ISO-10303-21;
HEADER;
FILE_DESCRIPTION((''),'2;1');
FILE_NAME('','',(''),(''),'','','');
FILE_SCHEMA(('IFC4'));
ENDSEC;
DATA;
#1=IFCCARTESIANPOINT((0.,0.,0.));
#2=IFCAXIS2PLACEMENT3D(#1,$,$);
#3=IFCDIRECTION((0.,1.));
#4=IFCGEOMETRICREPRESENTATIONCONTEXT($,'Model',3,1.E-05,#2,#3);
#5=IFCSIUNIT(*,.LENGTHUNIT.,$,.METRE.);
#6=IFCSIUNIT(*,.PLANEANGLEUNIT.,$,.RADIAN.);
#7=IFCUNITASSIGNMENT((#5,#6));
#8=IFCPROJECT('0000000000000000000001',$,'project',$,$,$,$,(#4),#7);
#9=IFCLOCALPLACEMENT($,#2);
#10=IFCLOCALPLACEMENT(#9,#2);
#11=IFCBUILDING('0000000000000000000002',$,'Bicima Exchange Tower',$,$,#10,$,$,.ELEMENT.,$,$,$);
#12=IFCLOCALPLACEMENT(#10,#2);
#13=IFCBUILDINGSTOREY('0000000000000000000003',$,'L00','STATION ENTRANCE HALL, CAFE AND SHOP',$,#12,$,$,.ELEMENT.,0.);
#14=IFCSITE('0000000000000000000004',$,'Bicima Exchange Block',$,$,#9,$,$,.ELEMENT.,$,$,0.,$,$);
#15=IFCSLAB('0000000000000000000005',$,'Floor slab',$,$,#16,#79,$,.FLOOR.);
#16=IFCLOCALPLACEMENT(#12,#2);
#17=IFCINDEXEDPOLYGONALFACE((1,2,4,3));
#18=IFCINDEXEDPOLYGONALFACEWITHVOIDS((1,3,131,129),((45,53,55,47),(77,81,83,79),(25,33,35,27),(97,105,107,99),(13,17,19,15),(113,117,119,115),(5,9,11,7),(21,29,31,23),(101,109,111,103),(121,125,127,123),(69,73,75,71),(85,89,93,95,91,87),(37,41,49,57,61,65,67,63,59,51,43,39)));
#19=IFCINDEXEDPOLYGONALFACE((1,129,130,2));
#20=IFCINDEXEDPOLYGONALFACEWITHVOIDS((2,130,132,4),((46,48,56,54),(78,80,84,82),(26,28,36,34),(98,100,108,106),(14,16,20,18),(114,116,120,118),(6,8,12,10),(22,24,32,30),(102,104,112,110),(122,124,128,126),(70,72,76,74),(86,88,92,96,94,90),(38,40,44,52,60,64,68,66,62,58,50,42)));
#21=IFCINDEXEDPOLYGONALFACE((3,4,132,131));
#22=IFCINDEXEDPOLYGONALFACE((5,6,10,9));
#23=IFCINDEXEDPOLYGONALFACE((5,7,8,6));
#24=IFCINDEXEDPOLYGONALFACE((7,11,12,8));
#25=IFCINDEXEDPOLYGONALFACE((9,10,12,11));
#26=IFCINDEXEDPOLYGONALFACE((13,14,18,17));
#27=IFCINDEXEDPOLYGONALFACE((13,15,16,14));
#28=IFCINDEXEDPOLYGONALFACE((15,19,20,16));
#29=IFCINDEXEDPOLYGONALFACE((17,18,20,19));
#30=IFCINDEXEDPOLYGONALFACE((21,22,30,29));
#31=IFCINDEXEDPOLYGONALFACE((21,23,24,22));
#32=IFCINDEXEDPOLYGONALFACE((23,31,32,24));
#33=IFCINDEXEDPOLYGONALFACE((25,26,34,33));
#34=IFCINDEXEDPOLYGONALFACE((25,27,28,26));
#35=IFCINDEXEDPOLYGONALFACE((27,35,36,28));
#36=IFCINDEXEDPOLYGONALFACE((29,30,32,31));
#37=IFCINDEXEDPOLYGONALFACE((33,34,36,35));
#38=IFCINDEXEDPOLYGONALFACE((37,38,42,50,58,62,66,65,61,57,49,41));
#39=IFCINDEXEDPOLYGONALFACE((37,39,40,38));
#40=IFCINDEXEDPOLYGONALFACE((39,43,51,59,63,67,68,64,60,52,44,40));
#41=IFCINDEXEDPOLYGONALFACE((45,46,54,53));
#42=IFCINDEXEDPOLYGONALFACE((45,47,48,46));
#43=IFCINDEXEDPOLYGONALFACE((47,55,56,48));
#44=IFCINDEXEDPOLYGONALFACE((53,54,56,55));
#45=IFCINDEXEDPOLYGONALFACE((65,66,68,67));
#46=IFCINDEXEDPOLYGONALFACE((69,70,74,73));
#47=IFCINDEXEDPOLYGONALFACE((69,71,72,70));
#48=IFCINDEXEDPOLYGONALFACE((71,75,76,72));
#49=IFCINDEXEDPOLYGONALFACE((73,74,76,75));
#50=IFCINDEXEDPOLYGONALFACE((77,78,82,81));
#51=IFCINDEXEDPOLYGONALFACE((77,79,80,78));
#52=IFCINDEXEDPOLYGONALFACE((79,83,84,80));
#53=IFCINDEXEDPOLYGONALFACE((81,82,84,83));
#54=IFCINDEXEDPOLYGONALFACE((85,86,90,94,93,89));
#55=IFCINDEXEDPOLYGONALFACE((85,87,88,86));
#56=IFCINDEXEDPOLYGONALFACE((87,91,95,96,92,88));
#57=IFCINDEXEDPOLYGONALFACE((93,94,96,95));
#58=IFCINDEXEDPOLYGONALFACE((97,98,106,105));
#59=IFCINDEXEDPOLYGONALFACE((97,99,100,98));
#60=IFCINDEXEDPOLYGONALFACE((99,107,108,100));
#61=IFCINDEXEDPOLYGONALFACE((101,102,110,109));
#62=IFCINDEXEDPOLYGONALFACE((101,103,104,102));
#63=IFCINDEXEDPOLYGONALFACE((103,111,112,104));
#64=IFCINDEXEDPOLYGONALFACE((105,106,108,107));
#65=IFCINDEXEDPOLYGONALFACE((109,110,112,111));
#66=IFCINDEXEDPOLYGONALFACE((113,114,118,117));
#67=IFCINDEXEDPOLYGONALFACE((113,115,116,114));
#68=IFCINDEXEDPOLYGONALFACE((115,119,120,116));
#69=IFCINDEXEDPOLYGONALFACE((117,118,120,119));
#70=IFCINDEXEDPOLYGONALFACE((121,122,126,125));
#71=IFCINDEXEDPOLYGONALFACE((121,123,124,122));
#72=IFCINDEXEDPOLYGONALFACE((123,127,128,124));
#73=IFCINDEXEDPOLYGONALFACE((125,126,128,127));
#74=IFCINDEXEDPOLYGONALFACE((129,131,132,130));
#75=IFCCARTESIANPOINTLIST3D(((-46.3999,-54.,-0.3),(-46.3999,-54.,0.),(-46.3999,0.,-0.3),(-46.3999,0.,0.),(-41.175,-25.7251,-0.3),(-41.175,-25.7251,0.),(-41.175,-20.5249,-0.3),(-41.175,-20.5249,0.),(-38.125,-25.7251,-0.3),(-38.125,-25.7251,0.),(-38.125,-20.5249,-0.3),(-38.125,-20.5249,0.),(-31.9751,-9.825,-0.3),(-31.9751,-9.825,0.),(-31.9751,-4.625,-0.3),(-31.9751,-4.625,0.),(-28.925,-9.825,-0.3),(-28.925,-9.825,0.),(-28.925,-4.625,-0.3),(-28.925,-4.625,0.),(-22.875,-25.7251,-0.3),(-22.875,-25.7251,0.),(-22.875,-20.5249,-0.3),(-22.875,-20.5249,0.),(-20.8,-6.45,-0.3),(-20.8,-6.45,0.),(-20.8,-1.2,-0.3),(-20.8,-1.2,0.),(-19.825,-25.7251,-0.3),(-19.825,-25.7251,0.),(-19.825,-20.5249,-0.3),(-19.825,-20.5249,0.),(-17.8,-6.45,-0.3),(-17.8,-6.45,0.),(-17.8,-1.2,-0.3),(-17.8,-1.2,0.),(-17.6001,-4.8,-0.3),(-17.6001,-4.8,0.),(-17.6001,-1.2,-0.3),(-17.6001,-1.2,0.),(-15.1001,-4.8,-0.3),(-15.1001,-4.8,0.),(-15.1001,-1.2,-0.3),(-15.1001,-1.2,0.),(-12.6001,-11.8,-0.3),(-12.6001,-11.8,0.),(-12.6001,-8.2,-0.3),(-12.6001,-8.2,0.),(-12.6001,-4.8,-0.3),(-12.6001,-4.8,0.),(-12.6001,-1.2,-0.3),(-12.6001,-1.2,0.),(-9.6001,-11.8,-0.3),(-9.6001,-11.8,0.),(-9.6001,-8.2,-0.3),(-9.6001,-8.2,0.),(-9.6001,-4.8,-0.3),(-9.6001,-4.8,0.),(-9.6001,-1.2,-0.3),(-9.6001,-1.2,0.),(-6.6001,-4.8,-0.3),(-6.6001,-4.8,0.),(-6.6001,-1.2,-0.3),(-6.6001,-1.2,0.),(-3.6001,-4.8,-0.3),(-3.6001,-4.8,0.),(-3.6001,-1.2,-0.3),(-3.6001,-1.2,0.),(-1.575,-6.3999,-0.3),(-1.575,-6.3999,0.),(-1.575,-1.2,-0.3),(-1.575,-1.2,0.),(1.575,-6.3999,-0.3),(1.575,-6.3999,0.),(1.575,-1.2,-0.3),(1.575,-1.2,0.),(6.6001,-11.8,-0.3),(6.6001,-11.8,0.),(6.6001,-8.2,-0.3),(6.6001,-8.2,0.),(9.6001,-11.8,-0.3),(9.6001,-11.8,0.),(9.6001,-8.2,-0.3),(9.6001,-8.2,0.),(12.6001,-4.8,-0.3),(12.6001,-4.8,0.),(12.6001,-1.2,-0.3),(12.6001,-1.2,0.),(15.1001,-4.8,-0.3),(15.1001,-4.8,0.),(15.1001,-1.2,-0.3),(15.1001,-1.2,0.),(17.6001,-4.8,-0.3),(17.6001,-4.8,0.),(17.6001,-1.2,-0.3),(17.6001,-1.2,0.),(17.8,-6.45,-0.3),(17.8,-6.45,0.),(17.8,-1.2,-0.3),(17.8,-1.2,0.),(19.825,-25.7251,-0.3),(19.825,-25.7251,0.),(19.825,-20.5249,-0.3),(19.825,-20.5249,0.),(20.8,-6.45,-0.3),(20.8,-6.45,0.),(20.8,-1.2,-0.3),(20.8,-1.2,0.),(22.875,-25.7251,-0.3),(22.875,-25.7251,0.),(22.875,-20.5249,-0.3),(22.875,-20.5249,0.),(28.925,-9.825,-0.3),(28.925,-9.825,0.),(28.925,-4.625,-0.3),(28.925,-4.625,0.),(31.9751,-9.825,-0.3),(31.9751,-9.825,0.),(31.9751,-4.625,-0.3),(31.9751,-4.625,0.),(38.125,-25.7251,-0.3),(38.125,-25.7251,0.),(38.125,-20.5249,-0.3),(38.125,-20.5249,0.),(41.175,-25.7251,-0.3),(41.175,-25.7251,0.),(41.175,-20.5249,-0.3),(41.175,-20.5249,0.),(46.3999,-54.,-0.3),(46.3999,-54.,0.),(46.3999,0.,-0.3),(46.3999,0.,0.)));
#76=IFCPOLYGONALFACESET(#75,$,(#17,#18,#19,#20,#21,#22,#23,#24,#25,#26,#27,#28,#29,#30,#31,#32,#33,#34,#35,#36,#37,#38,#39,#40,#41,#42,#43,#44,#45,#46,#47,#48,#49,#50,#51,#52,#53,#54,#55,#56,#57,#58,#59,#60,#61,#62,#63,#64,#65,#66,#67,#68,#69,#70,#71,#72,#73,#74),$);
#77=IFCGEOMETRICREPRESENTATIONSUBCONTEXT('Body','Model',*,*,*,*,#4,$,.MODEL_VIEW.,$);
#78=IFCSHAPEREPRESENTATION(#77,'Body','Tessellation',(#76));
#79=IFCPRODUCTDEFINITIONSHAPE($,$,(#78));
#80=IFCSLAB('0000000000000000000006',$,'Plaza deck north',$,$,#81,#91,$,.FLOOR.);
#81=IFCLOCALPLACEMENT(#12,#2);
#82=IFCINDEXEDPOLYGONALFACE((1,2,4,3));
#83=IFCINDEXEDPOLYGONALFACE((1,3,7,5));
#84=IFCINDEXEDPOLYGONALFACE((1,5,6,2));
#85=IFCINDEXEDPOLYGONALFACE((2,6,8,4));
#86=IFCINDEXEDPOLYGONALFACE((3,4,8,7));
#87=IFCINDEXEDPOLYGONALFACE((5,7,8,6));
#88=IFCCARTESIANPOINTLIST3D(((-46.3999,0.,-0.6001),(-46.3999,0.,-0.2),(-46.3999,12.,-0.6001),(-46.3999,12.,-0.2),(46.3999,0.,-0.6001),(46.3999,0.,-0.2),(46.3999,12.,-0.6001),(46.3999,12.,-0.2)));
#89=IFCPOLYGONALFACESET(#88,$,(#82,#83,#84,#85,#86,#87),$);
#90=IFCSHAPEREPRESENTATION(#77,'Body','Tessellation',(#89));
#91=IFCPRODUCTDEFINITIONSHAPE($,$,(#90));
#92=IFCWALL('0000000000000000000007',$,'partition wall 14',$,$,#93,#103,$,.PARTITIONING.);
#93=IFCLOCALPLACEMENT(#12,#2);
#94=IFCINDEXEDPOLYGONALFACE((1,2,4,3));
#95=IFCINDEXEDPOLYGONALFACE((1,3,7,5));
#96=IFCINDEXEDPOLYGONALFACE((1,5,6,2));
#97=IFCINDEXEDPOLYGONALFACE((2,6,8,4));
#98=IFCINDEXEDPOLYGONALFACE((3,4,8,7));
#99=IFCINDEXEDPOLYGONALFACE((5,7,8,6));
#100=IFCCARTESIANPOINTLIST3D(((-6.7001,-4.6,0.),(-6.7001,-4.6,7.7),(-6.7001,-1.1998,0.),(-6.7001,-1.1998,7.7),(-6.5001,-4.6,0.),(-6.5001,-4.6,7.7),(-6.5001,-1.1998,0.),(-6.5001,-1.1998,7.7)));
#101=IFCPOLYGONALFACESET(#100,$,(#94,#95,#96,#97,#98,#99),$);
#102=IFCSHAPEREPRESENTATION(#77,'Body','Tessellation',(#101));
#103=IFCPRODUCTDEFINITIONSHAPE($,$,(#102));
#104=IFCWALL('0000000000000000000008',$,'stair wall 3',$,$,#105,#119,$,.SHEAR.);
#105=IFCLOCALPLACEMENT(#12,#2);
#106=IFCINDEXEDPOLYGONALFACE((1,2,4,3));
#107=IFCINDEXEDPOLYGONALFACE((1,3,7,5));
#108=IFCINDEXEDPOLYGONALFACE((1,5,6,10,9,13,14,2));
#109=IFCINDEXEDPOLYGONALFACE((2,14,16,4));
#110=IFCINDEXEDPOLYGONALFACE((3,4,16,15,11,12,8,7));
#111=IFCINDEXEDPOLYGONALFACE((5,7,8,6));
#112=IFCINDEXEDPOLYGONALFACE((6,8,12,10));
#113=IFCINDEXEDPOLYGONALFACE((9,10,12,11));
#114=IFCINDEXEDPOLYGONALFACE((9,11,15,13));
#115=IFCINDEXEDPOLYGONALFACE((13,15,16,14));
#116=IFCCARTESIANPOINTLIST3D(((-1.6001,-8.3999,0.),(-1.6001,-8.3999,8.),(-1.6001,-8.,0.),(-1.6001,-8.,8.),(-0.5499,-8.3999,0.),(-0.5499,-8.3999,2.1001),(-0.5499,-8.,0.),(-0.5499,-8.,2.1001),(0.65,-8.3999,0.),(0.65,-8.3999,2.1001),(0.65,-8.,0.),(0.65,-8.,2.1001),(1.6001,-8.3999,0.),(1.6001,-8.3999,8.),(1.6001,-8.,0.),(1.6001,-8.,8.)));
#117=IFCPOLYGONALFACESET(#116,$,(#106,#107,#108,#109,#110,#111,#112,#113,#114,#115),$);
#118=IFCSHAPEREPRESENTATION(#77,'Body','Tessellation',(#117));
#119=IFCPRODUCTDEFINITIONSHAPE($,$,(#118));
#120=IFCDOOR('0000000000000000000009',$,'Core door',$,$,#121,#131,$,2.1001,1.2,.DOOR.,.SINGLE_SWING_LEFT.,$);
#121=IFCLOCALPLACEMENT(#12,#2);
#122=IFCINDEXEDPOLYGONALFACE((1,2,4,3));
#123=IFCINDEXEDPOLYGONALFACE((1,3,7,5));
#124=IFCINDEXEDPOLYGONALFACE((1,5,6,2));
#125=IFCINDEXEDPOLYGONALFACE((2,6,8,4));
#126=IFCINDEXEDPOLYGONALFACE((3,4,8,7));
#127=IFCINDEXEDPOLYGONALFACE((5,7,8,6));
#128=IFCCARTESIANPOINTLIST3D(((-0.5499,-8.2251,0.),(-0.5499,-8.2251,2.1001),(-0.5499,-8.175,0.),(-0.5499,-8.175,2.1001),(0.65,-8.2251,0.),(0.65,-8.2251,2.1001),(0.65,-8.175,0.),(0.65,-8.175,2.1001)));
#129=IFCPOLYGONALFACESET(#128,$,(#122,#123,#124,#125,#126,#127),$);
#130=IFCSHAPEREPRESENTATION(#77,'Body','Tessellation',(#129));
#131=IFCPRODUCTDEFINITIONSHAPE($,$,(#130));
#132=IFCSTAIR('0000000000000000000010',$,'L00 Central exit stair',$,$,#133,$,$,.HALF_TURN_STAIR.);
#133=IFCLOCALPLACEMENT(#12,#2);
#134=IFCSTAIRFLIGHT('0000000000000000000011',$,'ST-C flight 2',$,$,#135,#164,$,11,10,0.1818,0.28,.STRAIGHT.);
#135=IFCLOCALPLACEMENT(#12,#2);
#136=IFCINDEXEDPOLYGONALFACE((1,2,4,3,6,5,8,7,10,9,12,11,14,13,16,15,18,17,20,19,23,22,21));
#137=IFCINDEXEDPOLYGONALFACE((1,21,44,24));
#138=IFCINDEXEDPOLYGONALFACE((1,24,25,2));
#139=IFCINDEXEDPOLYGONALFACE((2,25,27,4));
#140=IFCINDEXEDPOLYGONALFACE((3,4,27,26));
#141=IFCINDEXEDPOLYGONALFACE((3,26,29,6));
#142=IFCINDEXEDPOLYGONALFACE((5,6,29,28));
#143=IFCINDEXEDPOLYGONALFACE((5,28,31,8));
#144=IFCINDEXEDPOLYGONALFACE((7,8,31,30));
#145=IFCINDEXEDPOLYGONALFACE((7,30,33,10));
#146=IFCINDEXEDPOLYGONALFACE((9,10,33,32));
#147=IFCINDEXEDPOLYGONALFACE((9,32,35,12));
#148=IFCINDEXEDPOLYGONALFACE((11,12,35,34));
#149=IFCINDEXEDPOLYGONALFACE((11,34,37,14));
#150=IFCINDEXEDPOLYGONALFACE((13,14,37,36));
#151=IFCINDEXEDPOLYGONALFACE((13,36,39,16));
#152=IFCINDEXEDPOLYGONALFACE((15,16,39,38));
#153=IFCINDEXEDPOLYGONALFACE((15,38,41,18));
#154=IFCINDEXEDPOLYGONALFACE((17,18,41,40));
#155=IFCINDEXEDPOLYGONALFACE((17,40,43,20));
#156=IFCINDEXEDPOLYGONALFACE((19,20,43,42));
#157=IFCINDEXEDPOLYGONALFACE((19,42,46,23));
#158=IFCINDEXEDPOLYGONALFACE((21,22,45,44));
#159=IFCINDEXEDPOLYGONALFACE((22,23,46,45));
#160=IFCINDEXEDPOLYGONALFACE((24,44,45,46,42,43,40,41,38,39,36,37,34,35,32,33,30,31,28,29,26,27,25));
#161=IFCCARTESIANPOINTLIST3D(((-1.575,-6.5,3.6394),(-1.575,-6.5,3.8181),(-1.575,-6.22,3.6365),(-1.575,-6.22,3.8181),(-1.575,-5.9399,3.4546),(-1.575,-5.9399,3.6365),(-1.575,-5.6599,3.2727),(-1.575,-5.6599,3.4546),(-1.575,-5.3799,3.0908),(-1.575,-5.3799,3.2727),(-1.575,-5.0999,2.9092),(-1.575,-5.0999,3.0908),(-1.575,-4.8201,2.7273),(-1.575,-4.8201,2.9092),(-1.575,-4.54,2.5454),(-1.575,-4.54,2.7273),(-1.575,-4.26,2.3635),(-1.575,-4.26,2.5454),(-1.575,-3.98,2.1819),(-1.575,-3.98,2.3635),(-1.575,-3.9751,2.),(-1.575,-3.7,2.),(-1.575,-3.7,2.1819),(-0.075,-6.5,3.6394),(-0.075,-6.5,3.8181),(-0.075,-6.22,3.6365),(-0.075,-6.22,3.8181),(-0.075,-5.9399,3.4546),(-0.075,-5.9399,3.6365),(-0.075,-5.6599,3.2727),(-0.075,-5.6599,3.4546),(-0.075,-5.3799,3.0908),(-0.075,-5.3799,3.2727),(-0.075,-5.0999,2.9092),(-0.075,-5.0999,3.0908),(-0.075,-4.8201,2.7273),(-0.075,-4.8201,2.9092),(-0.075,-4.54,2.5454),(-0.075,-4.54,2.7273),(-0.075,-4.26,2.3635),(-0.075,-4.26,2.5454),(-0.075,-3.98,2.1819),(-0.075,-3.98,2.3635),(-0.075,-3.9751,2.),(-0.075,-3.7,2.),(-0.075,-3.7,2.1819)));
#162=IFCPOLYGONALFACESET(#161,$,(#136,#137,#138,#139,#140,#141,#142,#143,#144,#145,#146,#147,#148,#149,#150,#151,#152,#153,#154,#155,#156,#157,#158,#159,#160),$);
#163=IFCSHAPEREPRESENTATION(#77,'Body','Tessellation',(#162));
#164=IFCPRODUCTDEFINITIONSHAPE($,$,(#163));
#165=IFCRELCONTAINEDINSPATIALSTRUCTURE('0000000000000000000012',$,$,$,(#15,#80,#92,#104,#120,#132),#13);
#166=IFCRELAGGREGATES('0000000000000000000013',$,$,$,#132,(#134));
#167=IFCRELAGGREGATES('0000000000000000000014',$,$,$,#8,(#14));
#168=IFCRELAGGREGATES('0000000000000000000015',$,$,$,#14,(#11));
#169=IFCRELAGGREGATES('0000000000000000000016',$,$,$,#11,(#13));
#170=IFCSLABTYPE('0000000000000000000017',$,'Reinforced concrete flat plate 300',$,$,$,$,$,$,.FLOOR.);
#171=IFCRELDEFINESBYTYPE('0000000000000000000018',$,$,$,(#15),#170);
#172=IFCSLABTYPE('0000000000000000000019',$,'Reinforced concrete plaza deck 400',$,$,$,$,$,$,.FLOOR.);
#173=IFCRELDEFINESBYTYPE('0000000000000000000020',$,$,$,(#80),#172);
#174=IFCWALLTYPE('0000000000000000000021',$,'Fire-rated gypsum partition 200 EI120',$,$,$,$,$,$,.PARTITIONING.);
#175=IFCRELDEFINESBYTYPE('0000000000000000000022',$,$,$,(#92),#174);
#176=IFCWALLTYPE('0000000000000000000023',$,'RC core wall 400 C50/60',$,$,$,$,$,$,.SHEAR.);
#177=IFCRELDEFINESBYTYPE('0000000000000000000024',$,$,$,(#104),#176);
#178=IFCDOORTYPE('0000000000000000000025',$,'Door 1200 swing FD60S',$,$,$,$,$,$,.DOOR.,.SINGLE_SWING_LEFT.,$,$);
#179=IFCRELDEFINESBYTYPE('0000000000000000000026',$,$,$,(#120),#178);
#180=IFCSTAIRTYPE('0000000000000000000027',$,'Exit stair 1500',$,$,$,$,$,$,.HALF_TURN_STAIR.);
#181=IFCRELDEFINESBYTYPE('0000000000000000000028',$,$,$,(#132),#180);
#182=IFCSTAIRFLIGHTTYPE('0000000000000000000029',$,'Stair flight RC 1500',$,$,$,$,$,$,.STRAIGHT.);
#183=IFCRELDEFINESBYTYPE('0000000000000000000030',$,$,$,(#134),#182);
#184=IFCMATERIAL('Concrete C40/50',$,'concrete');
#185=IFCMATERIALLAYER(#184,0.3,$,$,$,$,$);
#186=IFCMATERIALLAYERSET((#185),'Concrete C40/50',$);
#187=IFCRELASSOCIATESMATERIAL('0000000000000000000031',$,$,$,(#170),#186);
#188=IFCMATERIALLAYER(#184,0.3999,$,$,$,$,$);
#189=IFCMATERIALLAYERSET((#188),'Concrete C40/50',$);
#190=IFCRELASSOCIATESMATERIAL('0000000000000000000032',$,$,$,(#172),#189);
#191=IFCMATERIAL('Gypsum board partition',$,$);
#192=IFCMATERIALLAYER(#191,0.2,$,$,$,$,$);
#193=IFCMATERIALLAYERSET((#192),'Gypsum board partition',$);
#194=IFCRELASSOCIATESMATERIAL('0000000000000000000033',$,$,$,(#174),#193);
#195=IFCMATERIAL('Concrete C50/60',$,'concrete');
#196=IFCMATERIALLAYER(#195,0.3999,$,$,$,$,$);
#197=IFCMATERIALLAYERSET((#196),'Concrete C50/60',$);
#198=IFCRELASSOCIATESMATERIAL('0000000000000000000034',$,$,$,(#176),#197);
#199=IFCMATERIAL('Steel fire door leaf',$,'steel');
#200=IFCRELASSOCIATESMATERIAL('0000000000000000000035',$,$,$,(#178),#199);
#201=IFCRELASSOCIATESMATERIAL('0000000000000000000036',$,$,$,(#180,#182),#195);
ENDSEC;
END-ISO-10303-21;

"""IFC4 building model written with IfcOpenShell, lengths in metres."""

from ifc_helpers import new_model, si_unit, direction, frame, frame_2d, origin, place, context, subcontext, project, spatial, polyline, rectangle, outline, extrude, material, layer, layer_set, type_object, element, fill, aggregate, save


model = new_model("IFC4")

# Units and contexts
model_context = context("Model", 3, precision=1e-05, world=origin(), true_north=direction((0.0, 1.0)))
body_context = subcontext(model_context, "Body", "Model", "MODEL_VIEW")
ifc_project = project(units=[si_unit("LENGTHUNIT", "METRE"), si_unit("PLANEANGLEUNIT", "RADIAN")], contexts=[model_context])

# Site, building, storey
site_placement = place(None, origin())
site = spatial("IfcSite", under=ifc_project, at=site_placement, Name="Bicima Exchange Block", CompositionType="ELEMENT", RefElevation=0.0)
building_placement = place(site_placement, origin())
building = spatial("IfcBuilding", under=site, at=building_placement, Name="Bicima Exchange Tower", CompositionType="ELEMENT")
storey_placement = place(building_placement, origin())
storey = spatial("IfcBuildingStorey", under=building, at=storey_placement, Name="L00", Description="STATION ENTRANCE HALL, CAFE AND SHOP", CompositionType="ELEMENT", Elevation=0.0)

# Slabs
ifc_material_1 = material(Name="Concrete C40/50", Category="concrete")
ifc_layer_1 = layer(ifc_material_1, 0.3)
ifc_layer_set_1 = layer_set([ifc_layer_1], Name="Concrete C40/50")
slab_type_1 = type_object("IfcSlabType", Name="Reinforced concrete flat plate 300", PredefinedType="FLOOR", material=ifc_layer_set_1)
slab_1_placement = place(storey_placement, frame((0.0, 0.0, -0.3)))
element("IfcSlab", 1, at=slab_1_placement, inside=storey, type_object=slab_type_1, Name="Floor slab", PredefinedType="FLOOR", context=body_context, shape_type="SweptSolid", body=[
    extrude(outline(polyline([(-46.3999, 0.0), (46.3999, 0.0), (46.3999, -54.0), (-46.3999, -54.0), (-46.3999, 0.0)]), holes=[polyline([(-41.175, -25.7251), (-38.125, -25.7251), (-38.125, -20.5249), (-41.175, -20.5249), (-41.175, -25.7251)]), polyline([(-22.875, -25.7251), (-19.825, -25.7251), (-19.825, -20.5249), (-22.875, -20.5249), (-22.875, -25.7251)]), polyline([(-12.6001, -11.8), (-9.6001, -11.8), (-9.6001, -8.2), (-12.6001, -8.2), (-12.6001, -11.8)]), polyline([(-31.9751, -9.825), (-28.925, -9.825), (-28.925, -4.625), (-31.9751, -4.625), (-31.9751, -9.825)]), polyline([(-20.8, -6.45), (-17.8, -6.45), (-17.8, -1.2), (-20.8, -1.2), (-20.8, -6.45)]), polyline([(-17.6001, -1.2), (-17.6001, -4.8), (-15.1001, -4.8), (-12.6001, -4.8), (-9.6001, -4.8), (-6.6001, -4.8), (-3.6001, -4.8), (-3.6001, -1.2), (-6.6001, -1.2), (-9.6001, -1.2), (-12.6001, -1.2), (-15.1001, -1.2), (-17.6001, -1.2)]), polyline([(19.825, -25.7251), (22.875, -25.7251), (22.875, -20.5249), (19.825, -20.5249), (19.825, -25.7251)]), polyline([(38.125, -25.7251), (41.175, -25.7251), (41.175, -20.5249), (38.125, -20.5249), (38.125, -25.7251)]), polyline([(6.6001, -11.8), (9.6001, -11.8), (9.6001, -8.2), (6.6001, -8.2), (6.6001, -11.8)]), polyline([(28.925, -9.825), (31.9751, -9.825), (31.9751, -4.625), (28.925, -4.625), (28.925, -9.825)]), polyline([(17.8, -6.45), (20.8, -6.45), (20.8, -1.2), (17.8, -1.2), (17.8, -6.45)]), polyline([(-1.575, -6.3999), (1.575, -6.3999), (1.575, -1.2), (-1.575, -1.2), (-1.575, -6.3999)]), polyline([(15.1001, -4.8), (17.6001, -4.8), (17.6001, -1.2), (15.1001, -1.2), (12.6001, -1.2), (12.6001, -4.8), (15.1001, -4.8)])]), origin(), (0.0, 0.0, 1.0), 0.3),
])
ifc_layer_2 = layer(ifc_material_1, 0.3999)
ifc_layer_set_2 = layer_set([ifc_layer_2], Name="Concrete C40/50")
slab_type_2 = type_object("IfcSlabType", Name="Reinforced concrete plaza deck 400", PredefinedType="FLOOR", material=ifc_layer_set_2)
slab_2_placement = place(storey_placement, frame((0.0, 0.0, -0.6001)))
element("IfcSlab", 2, at=slab_2_placement, inside=storey, type_object=slab_type_2, Name="Plaza deck north", PredefinedType="FLOOR", context=body_context, shape_type="SweptSolid", body=[
    extrude(outline(polyline([(-46.3999, 0.0), (46.3999, 0.0), (46.3999, 12.0), (-46.3999, 12.0), (-46.3999, 0.0)])), origin(), (0.0, 0.0, 1.0), 0.4001),
])

# Wall
ifc_material_2 = material(Name="Gypsum board partition")
ifc_layer_3 = layer(ifc_material_2, 0.2)
ifc_layer_set_3 = layer_set([ifc_layer_3], Name="Gypsum board partition")
wall_type_1 = type_object("IfcWallType", Name="Fire-rated gypsum partition 200 EI120", PredefinedType="PARTITIONING", material=ifc_layer_set_3)
wall_1_placement = place(storey_placement, frame((-6.6001, -4.6001, 0.0), z_axis=(0.0, 0.0, 1.0), x_axis=(0.0, 1.0, 0.0)))
element("IfcWall", 3, at=wall_1_placement, inside=storey, type_object=wall_type_1, Name="partition wall 14", PredefinedType="PARTITIONING", context=body_context, shape_type="SweptSolid", body=[
    extrude(rectangle(XDim=3.4001, YDim=0.2, at=frame_2d((1.7002, 0.0))), origin(), (0.0, 0.0, 1.0), 7.7),
])

# Wall, opening, door
ifc_material_3 = material(Name="Concrete C50/60", Category="concrete")
ifc_layer_4 = layer(ifc_material_3, 0.3999)
ifc_layer_set_4 = layer_set([ifc_layer_4], Name="Concrete C50/60")
wall_type_2 = type_object("IfcWallType", Name="RC core wall 400 C50/60", PredefinedType="SHEAR", material=ifc_layer_set_4)
wall_2_placement = place(storey_placement, frame((-1.6001, -8.2, 0.0), z_axis=(0.0, 0.0, 1.0), x_axis=(1.0, 0.0, 0.0)))
wall_2 = element("IfcWall", 4, at=wall_2_placement, inside=storey, type_object=wall_type_2, Name="stair wall 3", PredefinedType="SHEAR", context=body_context, shape_type="SweptSolid", body=[
    extrude(rectangle(XDim=3.2002, YDim=0.3999, at=frame_2d((1.6001, 0.0))), origin(), (0.0, 0.0, 1.0), 8.0),
])
opening_placement = place(wall_2_placement, frame((1.05, 0.0, 0.0)))
opening = element("IfcOpeningElement", 5, at=opening_placement, cuts=wall_2, PredefinedType="OPENING", context=body_context, shape_type="SweptSolid", body=[
    extrude(rectangle(XDim=1.2, YDim=2.1001, at=frame_2d((0.6001, 1.05))), frame((0.0, 0.2119, 0.0), z_axis=(0.0, -1.0, 0.0), x_axis=(1.0, 0.0, 0.0)), (0.0, 0.0, 1.0), 0.4238),
])
ifc_material_4 = material(Name="Steel fire door leaf", Category="steel")
door_type = type_object("IfcDoorType", Name="Door 1200 swing FD60S", OperationType="SINGLE_SWING_LEFT", PredefinedType="DOOR", material=ifc_material_4)
door_placement = place(opening_placement, origin())
door = element("IfcDoor", 6, at=door_placement, inside=storey, type_object=door_type, Name="Core door", OperationType="SINGLE_SWING_LEFT", OverallHeight=2.1001, OverallWidth=1.2, PredefinedType="DOOR", context=body_context, shape_type="SweptSolid", body=[
    extrude(rectangle(XDim=1.2, YDim=2.1001, at=frame_2d((0.6001, 1.05))), frame((0.0, 0.0249, 0.0), z_axis=(0.0, -1.0, 0.0), x_axis=(1.0, 0.0, 0.0)), (0.0, 0.0, 1.0), 0.05),
])
fill(opening, door)

# Stair, stair flight
stair_type = type_object("IfcStairType", Name="Exit stair 1500", PredefinedType="HALF_TURN_STAIR", material=ifc_material_3)
stair_placement = place(storey_placement, origin())
stair = element("IfcStair", 7, at=stair_placement, inside=storey, type_object=stair_type, Name="L00 Central exit stair", PredefinedType="HALF_TURN_STAIR")
stair_flight_type = type_object("IfcStairFlightType", Name="Stair flight RC 1500", PredefinedType="STRAIGHT", material=ifc_material_3)
stair_flight_1_placement = place(storey_placement, frame((-0.825, -3.7, 2.0), z_axis=(0.0, 0.0, 1.0), x_axis=(0.0, -1.0, 0.0)))
stair_flight_1 = element("IfcStairFlight", 8, at=stair_flight_1_placement, type_object=stair_flight_type, Name="ST-C flight 2", NumberOfRisers=11, NumberOfTreads=10, PredefinedType="STRAIGHT", RiserHeight=0.1818, TreadLength=0.28, context=body_context, shape_type="SweptSolid", body=[
    extrude(outline(polyline([(0.0, 0.0), (0.0, 0.1819), (0.28, 0.1819), (0.28, 0.3635), (0.5601, 0.3635), (0.5601, 0.5454), (0.8401, 0.5454), (0.8401, 0.7273), (1.1201, 0.7273), (1.1201, 0.9092), (1.3999, 0.9092), (1.3999, 1.0908), (1.6799, 1.0908), (1.6799, 1.2727), (1.96, 1.2727), (1.96, 1.4546), (2.24, 1.4546), (2.24, 1.6365), (2.52, 1.6365), (2.52, 1.8181), (2.8, 1.8181), (2.8, 2.0), (2.8, 1.6394), (0.2751, 0.0), (0.0, 0.0)])), frame((0.0, 0.75, 0.0), z_axis=(0.0, -1.0, 0.0), x_axis=(1.0, 0.0, 0.0)), (0.0, 0.0, 1.0), 1.5),
])
aggregate(stair, [stair_flight_1])

save(model, "model.ifc")
